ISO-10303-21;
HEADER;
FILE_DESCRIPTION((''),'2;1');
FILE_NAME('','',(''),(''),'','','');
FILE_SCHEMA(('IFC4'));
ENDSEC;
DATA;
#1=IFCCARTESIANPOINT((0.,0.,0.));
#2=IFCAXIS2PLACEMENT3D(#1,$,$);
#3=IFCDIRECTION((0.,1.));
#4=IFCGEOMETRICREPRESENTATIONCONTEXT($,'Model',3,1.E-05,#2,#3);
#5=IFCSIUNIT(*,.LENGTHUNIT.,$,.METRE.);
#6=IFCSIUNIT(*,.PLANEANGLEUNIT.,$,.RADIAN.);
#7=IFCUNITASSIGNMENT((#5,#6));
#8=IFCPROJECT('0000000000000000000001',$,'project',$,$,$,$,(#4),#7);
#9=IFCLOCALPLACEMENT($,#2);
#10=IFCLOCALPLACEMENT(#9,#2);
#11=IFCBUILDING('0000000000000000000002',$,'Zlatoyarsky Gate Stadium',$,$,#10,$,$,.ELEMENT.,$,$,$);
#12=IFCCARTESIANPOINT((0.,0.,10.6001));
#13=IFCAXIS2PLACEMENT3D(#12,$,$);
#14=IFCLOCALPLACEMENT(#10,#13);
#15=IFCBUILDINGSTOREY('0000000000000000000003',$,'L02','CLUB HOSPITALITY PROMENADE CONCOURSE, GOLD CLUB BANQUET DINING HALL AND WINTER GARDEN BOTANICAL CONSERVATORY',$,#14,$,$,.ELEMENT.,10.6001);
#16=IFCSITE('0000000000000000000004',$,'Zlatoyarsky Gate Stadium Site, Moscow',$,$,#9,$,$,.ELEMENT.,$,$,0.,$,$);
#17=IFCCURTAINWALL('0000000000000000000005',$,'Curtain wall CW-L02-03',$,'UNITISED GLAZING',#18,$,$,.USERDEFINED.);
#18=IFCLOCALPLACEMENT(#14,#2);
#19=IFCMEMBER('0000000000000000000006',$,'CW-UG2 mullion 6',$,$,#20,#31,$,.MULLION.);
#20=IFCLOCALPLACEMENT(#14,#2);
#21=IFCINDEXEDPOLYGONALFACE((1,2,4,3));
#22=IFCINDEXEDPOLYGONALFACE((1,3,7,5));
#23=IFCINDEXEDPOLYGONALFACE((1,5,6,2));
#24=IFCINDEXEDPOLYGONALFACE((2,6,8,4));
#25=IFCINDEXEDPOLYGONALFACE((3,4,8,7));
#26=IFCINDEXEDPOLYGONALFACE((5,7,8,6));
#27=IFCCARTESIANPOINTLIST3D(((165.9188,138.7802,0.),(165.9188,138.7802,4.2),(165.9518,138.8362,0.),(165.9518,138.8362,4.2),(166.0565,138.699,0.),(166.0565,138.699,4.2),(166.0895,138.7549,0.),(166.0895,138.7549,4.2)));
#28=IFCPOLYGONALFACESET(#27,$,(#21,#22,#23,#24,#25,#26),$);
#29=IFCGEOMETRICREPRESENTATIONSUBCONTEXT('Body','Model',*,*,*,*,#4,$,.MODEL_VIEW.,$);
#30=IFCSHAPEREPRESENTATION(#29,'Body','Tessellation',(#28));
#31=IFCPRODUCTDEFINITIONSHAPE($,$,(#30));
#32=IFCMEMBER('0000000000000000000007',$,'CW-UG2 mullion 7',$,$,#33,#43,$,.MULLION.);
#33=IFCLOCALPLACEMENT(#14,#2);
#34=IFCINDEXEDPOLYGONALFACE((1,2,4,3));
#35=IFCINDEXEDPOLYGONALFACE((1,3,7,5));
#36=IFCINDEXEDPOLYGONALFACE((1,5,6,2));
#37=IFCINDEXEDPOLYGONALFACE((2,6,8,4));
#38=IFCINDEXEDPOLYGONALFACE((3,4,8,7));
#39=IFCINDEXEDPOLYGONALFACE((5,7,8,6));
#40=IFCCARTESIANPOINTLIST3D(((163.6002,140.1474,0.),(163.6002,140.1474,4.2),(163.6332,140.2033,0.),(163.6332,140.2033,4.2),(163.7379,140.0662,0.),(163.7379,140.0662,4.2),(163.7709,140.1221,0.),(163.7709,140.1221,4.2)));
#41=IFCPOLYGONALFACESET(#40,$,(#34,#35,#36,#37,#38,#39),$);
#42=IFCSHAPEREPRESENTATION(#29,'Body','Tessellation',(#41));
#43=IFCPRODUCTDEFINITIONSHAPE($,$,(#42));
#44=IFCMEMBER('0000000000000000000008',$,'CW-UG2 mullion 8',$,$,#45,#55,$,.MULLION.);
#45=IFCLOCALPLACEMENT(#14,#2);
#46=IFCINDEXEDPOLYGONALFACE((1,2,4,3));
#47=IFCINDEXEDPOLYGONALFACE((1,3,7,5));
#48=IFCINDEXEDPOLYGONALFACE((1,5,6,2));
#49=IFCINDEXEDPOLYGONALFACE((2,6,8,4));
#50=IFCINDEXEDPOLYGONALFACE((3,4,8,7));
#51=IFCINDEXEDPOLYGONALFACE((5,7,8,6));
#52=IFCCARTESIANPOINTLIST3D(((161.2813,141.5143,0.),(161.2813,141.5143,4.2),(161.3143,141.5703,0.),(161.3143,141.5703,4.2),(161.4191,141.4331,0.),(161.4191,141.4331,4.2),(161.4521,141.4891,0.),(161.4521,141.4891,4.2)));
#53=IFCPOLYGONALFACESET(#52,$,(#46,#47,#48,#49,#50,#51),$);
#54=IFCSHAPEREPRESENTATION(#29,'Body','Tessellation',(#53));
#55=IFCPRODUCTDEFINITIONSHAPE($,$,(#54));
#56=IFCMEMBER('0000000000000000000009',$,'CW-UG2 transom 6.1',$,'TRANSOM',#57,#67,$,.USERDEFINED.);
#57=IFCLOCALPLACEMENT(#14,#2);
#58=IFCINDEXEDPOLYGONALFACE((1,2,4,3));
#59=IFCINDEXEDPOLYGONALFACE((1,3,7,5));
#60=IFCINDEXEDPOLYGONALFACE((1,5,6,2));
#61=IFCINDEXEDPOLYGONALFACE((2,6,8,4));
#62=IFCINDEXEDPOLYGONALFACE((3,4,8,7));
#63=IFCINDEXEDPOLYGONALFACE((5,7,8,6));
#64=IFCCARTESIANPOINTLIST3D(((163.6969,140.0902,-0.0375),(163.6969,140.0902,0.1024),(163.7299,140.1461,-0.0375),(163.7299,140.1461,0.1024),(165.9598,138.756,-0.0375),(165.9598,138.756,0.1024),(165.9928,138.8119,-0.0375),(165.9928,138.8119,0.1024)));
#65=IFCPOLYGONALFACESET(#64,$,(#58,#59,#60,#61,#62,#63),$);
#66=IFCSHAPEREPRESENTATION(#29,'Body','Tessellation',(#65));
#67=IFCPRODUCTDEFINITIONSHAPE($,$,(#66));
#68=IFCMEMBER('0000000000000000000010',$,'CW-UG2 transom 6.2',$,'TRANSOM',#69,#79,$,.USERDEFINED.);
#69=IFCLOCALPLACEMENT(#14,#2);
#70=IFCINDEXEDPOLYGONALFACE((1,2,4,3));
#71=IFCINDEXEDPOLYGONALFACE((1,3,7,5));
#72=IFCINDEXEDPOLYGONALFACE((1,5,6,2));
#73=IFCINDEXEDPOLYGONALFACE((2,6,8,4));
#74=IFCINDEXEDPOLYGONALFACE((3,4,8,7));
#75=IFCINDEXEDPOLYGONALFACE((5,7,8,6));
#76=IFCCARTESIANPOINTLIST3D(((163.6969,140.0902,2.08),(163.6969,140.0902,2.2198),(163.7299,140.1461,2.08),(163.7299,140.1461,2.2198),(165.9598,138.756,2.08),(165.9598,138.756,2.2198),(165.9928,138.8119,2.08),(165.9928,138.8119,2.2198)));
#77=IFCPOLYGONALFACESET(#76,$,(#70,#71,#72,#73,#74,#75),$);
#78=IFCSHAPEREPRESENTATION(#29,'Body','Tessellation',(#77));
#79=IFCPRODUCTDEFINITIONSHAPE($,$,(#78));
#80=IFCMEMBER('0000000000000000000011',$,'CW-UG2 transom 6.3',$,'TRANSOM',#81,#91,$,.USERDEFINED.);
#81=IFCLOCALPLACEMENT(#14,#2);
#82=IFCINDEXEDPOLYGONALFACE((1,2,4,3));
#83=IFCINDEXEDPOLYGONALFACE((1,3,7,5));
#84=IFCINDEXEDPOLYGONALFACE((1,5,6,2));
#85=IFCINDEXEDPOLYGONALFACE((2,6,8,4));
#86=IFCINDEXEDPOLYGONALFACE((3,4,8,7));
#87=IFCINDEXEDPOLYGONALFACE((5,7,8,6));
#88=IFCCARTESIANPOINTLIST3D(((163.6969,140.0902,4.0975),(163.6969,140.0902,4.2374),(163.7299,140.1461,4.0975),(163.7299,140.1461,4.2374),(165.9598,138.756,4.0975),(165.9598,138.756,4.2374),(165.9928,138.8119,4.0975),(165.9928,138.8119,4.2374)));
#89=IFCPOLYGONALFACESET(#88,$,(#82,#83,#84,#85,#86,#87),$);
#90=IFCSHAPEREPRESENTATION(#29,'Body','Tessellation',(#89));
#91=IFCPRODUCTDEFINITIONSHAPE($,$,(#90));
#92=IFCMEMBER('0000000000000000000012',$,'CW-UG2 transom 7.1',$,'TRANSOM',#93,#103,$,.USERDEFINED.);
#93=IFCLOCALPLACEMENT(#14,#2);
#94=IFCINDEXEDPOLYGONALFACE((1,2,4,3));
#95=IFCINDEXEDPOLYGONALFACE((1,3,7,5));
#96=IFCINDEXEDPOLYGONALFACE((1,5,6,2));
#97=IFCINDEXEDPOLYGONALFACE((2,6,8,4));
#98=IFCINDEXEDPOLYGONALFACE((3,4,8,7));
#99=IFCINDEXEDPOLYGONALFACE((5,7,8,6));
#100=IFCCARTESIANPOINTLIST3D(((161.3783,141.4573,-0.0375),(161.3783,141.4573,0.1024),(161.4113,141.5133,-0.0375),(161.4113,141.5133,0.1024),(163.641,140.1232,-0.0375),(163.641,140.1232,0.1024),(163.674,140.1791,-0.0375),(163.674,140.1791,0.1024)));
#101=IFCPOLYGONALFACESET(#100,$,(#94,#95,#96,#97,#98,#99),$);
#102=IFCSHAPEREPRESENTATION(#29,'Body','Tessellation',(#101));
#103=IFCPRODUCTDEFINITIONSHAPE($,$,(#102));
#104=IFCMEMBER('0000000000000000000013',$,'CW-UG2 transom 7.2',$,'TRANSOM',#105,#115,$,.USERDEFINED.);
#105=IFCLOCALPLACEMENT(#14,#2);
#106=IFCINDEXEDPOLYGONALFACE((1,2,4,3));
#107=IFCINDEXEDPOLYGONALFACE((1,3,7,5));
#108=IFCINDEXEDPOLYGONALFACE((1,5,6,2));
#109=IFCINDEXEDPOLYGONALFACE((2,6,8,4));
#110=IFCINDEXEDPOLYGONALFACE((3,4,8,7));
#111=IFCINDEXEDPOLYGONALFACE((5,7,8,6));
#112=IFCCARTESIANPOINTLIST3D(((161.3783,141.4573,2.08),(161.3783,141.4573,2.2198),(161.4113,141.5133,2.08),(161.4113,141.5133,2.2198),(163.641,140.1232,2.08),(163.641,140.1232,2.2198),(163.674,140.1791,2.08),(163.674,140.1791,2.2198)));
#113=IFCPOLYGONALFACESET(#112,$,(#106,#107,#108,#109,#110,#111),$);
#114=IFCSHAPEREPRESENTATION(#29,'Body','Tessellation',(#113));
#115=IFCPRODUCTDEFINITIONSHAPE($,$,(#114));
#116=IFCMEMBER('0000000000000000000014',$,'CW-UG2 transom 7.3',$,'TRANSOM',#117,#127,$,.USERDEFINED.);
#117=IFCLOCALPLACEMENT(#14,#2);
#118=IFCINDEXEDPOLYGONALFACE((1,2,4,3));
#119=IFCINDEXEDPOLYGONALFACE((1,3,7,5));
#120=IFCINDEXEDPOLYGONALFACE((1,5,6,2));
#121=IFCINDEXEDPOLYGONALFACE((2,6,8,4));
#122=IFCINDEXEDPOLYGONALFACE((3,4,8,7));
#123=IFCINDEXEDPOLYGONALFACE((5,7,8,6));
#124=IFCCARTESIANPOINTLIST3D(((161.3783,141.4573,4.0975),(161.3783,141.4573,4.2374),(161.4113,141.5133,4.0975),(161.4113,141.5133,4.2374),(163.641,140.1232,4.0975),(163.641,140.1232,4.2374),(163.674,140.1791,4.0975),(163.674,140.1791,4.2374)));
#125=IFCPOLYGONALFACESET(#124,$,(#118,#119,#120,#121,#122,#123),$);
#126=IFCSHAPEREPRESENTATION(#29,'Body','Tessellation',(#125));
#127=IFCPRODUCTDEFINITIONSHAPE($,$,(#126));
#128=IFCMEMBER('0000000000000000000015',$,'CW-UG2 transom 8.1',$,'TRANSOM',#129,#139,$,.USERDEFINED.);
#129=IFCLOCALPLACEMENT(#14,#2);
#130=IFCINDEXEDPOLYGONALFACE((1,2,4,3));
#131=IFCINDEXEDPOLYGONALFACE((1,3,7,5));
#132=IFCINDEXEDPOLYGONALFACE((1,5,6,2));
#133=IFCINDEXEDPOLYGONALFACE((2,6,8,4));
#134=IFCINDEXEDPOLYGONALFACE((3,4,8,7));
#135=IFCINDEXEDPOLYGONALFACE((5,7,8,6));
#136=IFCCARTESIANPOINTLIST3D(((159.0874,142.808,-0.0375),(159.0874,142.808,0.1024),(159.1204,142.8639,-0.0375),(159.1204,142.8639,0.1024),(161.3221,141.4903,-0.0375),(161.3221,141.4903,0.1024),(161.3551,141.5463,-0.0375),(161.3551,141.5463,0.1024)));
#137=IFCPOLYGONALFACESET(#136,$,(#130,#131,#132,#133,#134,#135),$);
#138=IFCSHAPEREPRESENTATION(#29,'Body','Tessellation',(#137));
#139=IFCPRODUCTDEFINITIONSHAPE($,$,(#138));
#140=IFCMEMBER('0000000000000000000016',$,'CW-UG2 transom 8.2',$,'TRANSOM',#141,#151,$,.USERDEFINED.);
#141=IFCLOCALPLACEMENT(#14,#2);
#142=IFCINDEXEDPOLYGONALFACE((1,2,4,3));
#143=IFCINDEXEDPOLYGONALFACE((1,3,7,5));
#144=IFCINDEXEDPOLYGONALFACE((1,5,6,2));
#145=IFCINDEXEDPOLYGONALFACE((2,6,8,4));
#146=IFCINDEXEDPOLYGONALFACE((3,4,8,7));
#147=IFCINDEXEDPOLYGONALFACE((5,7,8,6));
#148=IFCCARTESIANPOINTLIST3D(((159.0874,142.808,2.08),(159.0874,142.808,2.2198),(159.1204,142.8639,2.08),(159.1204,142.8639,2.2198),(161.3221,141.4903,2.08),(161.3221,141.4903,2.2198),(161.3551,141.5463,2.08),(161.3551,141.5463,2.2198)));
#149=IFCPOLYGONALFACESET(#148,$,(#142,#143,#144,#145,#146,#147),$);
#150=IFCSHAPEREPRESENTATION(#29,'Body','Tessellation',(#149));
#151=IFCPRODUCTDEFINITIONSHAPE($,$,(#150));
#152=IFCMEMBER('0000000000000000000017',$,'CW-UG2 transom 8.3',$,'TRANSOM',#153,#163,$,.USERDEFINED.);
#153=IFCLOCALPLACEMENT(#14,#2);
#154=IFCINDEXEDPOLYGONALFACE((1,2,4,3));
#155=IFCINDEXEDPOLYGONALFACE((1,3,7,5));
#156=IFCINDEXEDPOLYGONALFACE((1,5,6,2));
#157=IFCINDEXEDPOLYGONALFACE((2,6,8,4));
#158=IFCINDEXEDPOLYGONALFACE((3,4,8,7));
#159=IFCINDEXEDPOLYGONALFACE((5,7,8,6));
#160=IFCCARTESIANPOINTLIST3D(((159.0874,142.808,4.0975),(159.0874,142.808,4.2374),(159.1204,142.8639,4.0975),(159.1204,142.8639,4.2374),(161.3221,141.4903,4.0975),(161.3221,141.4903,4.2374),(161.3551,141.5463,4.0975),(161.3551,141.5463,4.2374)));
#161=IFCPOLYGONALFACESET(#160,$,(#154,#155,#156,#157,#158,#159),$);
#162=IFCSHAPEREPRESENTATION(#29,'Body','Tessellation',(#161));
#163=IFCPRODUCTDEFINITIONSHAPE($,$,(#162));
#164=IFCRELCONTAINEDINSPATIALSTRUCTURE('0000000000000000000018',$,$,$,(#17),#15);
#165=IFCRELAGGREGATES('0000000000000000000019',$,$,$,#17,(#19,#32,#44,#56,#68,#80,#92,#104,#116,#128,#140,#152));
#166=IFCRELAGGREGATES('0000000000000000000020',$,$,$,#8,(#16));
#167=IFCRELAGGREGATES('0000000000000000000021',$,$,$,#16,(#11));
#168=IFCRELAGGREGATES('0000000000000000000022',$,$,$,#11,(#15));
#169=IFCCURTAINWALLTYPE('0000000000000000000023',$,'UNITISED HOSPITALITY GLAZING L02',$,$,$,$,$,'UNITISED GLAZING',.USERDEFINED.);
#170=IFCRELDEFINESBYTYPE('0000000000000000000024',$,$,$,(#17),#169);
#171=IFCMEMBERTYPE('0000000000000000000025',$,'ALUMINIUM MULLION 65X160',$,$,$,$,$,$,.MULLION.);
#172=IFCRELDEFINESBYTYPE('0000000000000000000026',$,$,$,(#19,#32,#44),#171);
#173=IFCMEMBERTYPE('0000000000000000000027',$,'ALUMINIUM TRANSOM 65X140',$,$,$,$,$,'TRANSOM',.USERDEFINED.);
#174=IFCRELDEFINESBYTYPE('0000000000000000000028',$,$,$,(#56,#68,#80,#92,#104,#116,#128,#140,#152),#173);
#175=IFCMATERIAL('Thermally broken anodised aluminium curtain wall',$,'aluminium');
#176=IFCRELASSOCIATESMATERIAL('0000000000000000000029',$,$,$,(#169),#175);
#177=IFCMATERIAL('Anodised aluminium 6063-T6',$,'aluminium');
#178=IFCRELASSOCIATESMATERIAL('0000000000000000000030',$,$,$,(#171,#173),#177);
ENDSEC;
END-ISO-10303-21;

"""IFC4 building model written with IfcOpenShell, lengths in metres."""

from ifc_helpers import new_model, si_unit, direction, frame, origin, origin_2d, place, context, subcontext, project, spatial, rectangle, extrude, material, material_profile, profile_set, type_object, element, aggregate, save


model = new_model("IFC4")

# Units and contexts
model_context = context("Model", 3, precision=1e-05, world=origin(), true_north=direction((0.0, 1.0)))
body_context = subcontext(model_context, "Body", "Model", "MODEL_VIEW")
ifc_project = project(units=[si_unit("LENGTHUNIT", "METRE"), si_unit("PLANEANGLEUNIT", "RADIAN")], contexts=[model_context])

# Site, building, storey
site_placement = place(None, origin())
site = spatial("IfcSite", under=ifc_project, at=site_placement, Name="Zlatoyarsky Gate Stadium Site, Moscow", CompositionType="ELEMENT", RefElevation=0.0)
building_placement = place(site_placement, origin())
building = spatial("IfcBuilding", under=site, at=building_placement, Name="Zlatoyarsky Gate Stadium", CompositionType="ELEMENT")
storey_placement = place(building_placement, frame((0.0, 0.0, 10.6001)))
storey = spatial("IfcBuildingStorey", under=building, at=storey_placement, Name="L02", Description="CLUB HOSPITALITY PROMENADE CONCOURSE, GOLD CLUB BANQUET DINING HALL AND WINTER GARDEN BOTANICAL CONSERVATORY", CompositionType="ELEMENT", Elevation=10.6001)

# Curtain wall, members
ifc_material_1 = material(Name="Thermally broken anodised aluminium curtain wall", Category="aluminium")
curtain_wall_type = type_object("IfcCurtainWallType", Name="UNITISED HOSPITALITY GLAZING L02", ElementType="UNITISED GLAZING", PredefinedType="USERDEFINED", material=ifc_material_1)
curtain_wall_placement = place(storey_placement, origin())
curtain_wall = element("IfcCurtainWall", 1, at=curtain_wall_placement, inside=storey, type_object=curtain_wall_type, Name="Curtain wall CW-L02-03", ObjectType="UNITISED GLAZING", PredefinedType="USERDEFINED")
ifc_material_2 = material(Name="Anodised aluminium 6063-T6", Category="aluminium")
ifc_material_profile_1 = material_profile(ifc_material_2, rectangle(XDim=0.0649, YDim=0.1599, at=origin_2d()), Name="ALU 65X160")
ifc_profile_set_1 = profile_set([ifc_material_profile_1], Name="Anodised aluminium 6063-T6")
member_type_1 = type_object("IfcMemberType", Name="ALUMINIUM MULLION 65X160", PredefinedType="MULLION", material=ifc_profile_set_1)
member_1_placement = place(storey_placement, frame((166.0042, 138.7676, 0.0), z_axis=(0.0, 0.0, 1.0), x_axis=(-0.507884, -0.861425, 0.0)))
member_1 = element("IfcMember", 2, at=member_1_placement, type_object=member_type_1, Name="CW-UG2 mullion 6", PredefinedType="MULLION", context=body_context, shape_type="SweptSolid", body=[
    extrude(rectangle(XDim=0.0649, YDim=0.1599, at=origin_2d()), origin(), (0.0, 0.0, 1.0), 4.2),
])
member_2_placement = place(storey_placement, frame((163.6855, 140.1348, 0.0), z_axis=(0.0, 0.0, 1.0), x_axis=(-0.507884, -0.861425, 0.0)))
member_2 = element("IfcMember", 3, at=member_2_placement, type_object=member_type_1, Name="CW-UG2 mullion 7", PredefinedType="MULLION", context=body_context, shape_type="SweptSolid", body=[
    extrude(rectangle(XDim=0.0649, YDim=0.1599, at=origin_2d()), origin(), (0.0, 0.0, 1.0), 4.2),
])
member_3_placement = place(storey_placement, frame((161.3667, 141.5017, 0.0), z_axis=(0.0, 0.0, 1.0), x_axis=(-0.507884, -0.861425, 0.0)))
member_3 = element("IfcMember", 4, at=member_3_placement, type_object=member_type_1, Name="CW-UG2 mullion 8", PredefinedType="MULLION", context=body_context, shape_type="SweptSolid", body=[
    extrude(rectangle(XDim=0.0649, YDim=0.1599, at=origin_2d()), origin(), (0.0, 0.0, 1.0), 4.2),
])
ifc_material_profile_2 = material_profile(ifc_material_2, rectangle(XDim=0.0649, YDim=0.1399, at=origin_2d()), Name="ALU 65X140")
ifc_profile_set_2 = profile_set([ifc_material_profile_2], Name="Anodised aluminium 6063-T6")
member_type_2 = type_object("IfcMemberType", Name="ALUMINIUM TRANSOM 65X140", ElementType="TRANSOM", PredefinedType="USERDEFINED", material=ifc_profile_set_2)
member_4_placement = place(storey_placement, frame((165.9763, 138.7839, 0.0325), z_axis=(-0.86142, 0.507893, 0.0), x_axis=(-0.507893, -0.86142, 0.0)))
member_4 = element("IfcMember", 5, at=member_4_placement, type_object=member_type_2, Name="CW-UG2 transom 6.1", ObjectType="TRANSOM", PredefinedType="USERDEFINED", context=body_context, shape_type="SweptSolid", body=[
    extrude(rectangle(XDim=0.0649, YDim=0.1399, at=origin_2d()), origin(), (0.0, 0.0, 1.0), 2.627),
])
member_5_placement = place(storey_placement, frame((165.9763, 138.7839, 2.1499), z_axis=(-0.86142, 0.507893, 0.0), x_axis=(-0.507893, -0.86142, 0.0)))
member_5 = element("IfcMember", 6, at=member_5_placement, type_object=member_type_2, Name="CW-UG2 transom 6.2", ObjectType="TRANSOM", PredefinedType="USERDEFINED", context=body_context, shape_type="SweptSolid", body=[
    extrude(rectangle(XDim=0.0649, YDim=0.1399, at=origin_2d()), origin(), (0.0, 0.0, 1.0), 2.627),
])
member_6_placement = place(storey_placement, frame((165.9763, 138.7839, 4.1675), z_axis=(-0.86142, 0.507893, 0.0), x_axis=(-0.507893, -0.86142, 0.0)))
member_6 = element("IfcMember", 7, at=member_6_placement, type_object=member_type_2, Name="CW-UG2 transom 6.3", ObjectType="TRANSOM", PredefinedType="USERDEFINED", context=body_context, shape_type="SweptSolid", body=[
    extrude(rectangle(XDim=0.0649, YDim=0.1399, at=origin_2d()), origin(), (0.0, 0.0, 1.0), 2.627),
])
member_7_placement = place(storey_placement, frame((163.6575, 140.1511, 0.0325), z_axis=(-0.861396, 0.507934, 0.0), x_axis=(-0.507934, -0.861396, 0.0)))
member_7 = element("IfcMember", 8, at=member_7_placement, type_object=member_type_2, Name="CW-UG2 transom 7.1", ObjectType="TRANSOM", PredefinedType="USERDEFINED", context=body_context, shape_type="SweptSolid", body=[
    extrude(rectangle(XDim=0.0649, YDim=0.1399, at=origin_2d()), origin(), (0.0, 0.0, 1.0), 2.6267),
])
member_8_placement = place(storey_placement, frame((163.6575, 140.1511, 2.1499), z_axis=(-0.861396, 0.507934, 0.0), x_axis=(-0.507934, -0.861396, 0.0)))
member_8 = element("IfcMember", 9, at=member_8_placement, type_object=member_type_2, Name="CW-UG2 transom 7.2", ObjectType="TRANSOM", PredefinedType="USERDEFINED", context=body_context, shape_type="SweptSolid", body=[
    extrude(rectangle(XDim=0.0649, YDim=0.1399, at=origin_2d()), origin(), (0.0, 0.0, 1.0), 2.6267),
])
member_9_placement = place(storey_placement, frame((163.6575, 140.1511, 4.1675), z_axis=(-0.861396, 0.507934, 0.0), x_axis=(-0.507934, -0.861396, 0.0)))
member_9 = element("IfcMember", 10, at=member_9_placement, type_object=member_type_2, Name="CW-UG2 transom 7.3", ObjectType="TRANSOM", PredefinedType="USERDEFINED", context=body_context, shape_type="SweptSolid", body=[
    extrude(rectangle(XDim=0.0649, YDim=0.1399, at=origin_2d()), origin(), (0.0, 0.0, 1.0), 2.6267),
])
member_10_placement = place(storey_placement, frame((161.3386, 141.5183, 0.0325), z_axis=(-0.861404, 0.507921, 0.0), x_axis=(-0.507921, -0.861404, 0.0)))
member_10 = element("IfcMember", 11, at=member_10_placement, type_object=member_type_2, Name="CW-UG2 transom 8.1", ObjectType="TRANSOM", PredefinedType="USERDEFINED", context=body_context, shape_type="SweptSolid", body=[
    extrude(rectangle(XDim=0.0649, YDim=0.1399, at=origin_2d()), origin(), (0.0, 0.0, 1.0), 2.5942),
])
member_11_placement = place(storey_placement, frame((161.3386, 141.5183, 2.1499), z_axis=(-0.861404, 0.507921, 0.0), x_axis=(-0.507921, -0.861404, 0.0)))
member_11 = element("IfcMember", 12, at=member_11_placement, type_object=member_type_2, Name="CW-UG2 transom 8.2", ObjectType="TRANSOM", PredefinedType="USERDEFINED", context=body_context, shape_type="SweptSolid", body=[
    extrude(rectangle(XDim=0.0649, YDim=0.1399, at=origin_2d()), origin(), (0.0, 0.0, 1.0), 2.5942),
])
member_12_placement = place(storey_placement, frame((161.3386, 141.5183, 4.1675), z_axis=(-0.861404, 0.507921, 0.0), x_axis=(-0.507921, -0.861404, 0.0)))
member_12 = element("IfcMember", 13, at=member_12_placement, type_object=member_type_2, Name="CW-UG2 transom 8.3", ObjectType="TRANSOM", PredefinedType="USERDEFINED", context=body_context, shape_type="SweptSolid", body=[
    extrude(rectangle(XDim=0.0649, YDim=0.1399, at=origin_2d()), origin(), (0.0, 0.0, 1.0), 2.5942),
])

aggregate(curtain_wall, [member_1, member_2, member_3, member_4, member_5, member_6, member_7, member_8, member_9, member_10, member_11, member_12])

save(model, "model.ifc")
